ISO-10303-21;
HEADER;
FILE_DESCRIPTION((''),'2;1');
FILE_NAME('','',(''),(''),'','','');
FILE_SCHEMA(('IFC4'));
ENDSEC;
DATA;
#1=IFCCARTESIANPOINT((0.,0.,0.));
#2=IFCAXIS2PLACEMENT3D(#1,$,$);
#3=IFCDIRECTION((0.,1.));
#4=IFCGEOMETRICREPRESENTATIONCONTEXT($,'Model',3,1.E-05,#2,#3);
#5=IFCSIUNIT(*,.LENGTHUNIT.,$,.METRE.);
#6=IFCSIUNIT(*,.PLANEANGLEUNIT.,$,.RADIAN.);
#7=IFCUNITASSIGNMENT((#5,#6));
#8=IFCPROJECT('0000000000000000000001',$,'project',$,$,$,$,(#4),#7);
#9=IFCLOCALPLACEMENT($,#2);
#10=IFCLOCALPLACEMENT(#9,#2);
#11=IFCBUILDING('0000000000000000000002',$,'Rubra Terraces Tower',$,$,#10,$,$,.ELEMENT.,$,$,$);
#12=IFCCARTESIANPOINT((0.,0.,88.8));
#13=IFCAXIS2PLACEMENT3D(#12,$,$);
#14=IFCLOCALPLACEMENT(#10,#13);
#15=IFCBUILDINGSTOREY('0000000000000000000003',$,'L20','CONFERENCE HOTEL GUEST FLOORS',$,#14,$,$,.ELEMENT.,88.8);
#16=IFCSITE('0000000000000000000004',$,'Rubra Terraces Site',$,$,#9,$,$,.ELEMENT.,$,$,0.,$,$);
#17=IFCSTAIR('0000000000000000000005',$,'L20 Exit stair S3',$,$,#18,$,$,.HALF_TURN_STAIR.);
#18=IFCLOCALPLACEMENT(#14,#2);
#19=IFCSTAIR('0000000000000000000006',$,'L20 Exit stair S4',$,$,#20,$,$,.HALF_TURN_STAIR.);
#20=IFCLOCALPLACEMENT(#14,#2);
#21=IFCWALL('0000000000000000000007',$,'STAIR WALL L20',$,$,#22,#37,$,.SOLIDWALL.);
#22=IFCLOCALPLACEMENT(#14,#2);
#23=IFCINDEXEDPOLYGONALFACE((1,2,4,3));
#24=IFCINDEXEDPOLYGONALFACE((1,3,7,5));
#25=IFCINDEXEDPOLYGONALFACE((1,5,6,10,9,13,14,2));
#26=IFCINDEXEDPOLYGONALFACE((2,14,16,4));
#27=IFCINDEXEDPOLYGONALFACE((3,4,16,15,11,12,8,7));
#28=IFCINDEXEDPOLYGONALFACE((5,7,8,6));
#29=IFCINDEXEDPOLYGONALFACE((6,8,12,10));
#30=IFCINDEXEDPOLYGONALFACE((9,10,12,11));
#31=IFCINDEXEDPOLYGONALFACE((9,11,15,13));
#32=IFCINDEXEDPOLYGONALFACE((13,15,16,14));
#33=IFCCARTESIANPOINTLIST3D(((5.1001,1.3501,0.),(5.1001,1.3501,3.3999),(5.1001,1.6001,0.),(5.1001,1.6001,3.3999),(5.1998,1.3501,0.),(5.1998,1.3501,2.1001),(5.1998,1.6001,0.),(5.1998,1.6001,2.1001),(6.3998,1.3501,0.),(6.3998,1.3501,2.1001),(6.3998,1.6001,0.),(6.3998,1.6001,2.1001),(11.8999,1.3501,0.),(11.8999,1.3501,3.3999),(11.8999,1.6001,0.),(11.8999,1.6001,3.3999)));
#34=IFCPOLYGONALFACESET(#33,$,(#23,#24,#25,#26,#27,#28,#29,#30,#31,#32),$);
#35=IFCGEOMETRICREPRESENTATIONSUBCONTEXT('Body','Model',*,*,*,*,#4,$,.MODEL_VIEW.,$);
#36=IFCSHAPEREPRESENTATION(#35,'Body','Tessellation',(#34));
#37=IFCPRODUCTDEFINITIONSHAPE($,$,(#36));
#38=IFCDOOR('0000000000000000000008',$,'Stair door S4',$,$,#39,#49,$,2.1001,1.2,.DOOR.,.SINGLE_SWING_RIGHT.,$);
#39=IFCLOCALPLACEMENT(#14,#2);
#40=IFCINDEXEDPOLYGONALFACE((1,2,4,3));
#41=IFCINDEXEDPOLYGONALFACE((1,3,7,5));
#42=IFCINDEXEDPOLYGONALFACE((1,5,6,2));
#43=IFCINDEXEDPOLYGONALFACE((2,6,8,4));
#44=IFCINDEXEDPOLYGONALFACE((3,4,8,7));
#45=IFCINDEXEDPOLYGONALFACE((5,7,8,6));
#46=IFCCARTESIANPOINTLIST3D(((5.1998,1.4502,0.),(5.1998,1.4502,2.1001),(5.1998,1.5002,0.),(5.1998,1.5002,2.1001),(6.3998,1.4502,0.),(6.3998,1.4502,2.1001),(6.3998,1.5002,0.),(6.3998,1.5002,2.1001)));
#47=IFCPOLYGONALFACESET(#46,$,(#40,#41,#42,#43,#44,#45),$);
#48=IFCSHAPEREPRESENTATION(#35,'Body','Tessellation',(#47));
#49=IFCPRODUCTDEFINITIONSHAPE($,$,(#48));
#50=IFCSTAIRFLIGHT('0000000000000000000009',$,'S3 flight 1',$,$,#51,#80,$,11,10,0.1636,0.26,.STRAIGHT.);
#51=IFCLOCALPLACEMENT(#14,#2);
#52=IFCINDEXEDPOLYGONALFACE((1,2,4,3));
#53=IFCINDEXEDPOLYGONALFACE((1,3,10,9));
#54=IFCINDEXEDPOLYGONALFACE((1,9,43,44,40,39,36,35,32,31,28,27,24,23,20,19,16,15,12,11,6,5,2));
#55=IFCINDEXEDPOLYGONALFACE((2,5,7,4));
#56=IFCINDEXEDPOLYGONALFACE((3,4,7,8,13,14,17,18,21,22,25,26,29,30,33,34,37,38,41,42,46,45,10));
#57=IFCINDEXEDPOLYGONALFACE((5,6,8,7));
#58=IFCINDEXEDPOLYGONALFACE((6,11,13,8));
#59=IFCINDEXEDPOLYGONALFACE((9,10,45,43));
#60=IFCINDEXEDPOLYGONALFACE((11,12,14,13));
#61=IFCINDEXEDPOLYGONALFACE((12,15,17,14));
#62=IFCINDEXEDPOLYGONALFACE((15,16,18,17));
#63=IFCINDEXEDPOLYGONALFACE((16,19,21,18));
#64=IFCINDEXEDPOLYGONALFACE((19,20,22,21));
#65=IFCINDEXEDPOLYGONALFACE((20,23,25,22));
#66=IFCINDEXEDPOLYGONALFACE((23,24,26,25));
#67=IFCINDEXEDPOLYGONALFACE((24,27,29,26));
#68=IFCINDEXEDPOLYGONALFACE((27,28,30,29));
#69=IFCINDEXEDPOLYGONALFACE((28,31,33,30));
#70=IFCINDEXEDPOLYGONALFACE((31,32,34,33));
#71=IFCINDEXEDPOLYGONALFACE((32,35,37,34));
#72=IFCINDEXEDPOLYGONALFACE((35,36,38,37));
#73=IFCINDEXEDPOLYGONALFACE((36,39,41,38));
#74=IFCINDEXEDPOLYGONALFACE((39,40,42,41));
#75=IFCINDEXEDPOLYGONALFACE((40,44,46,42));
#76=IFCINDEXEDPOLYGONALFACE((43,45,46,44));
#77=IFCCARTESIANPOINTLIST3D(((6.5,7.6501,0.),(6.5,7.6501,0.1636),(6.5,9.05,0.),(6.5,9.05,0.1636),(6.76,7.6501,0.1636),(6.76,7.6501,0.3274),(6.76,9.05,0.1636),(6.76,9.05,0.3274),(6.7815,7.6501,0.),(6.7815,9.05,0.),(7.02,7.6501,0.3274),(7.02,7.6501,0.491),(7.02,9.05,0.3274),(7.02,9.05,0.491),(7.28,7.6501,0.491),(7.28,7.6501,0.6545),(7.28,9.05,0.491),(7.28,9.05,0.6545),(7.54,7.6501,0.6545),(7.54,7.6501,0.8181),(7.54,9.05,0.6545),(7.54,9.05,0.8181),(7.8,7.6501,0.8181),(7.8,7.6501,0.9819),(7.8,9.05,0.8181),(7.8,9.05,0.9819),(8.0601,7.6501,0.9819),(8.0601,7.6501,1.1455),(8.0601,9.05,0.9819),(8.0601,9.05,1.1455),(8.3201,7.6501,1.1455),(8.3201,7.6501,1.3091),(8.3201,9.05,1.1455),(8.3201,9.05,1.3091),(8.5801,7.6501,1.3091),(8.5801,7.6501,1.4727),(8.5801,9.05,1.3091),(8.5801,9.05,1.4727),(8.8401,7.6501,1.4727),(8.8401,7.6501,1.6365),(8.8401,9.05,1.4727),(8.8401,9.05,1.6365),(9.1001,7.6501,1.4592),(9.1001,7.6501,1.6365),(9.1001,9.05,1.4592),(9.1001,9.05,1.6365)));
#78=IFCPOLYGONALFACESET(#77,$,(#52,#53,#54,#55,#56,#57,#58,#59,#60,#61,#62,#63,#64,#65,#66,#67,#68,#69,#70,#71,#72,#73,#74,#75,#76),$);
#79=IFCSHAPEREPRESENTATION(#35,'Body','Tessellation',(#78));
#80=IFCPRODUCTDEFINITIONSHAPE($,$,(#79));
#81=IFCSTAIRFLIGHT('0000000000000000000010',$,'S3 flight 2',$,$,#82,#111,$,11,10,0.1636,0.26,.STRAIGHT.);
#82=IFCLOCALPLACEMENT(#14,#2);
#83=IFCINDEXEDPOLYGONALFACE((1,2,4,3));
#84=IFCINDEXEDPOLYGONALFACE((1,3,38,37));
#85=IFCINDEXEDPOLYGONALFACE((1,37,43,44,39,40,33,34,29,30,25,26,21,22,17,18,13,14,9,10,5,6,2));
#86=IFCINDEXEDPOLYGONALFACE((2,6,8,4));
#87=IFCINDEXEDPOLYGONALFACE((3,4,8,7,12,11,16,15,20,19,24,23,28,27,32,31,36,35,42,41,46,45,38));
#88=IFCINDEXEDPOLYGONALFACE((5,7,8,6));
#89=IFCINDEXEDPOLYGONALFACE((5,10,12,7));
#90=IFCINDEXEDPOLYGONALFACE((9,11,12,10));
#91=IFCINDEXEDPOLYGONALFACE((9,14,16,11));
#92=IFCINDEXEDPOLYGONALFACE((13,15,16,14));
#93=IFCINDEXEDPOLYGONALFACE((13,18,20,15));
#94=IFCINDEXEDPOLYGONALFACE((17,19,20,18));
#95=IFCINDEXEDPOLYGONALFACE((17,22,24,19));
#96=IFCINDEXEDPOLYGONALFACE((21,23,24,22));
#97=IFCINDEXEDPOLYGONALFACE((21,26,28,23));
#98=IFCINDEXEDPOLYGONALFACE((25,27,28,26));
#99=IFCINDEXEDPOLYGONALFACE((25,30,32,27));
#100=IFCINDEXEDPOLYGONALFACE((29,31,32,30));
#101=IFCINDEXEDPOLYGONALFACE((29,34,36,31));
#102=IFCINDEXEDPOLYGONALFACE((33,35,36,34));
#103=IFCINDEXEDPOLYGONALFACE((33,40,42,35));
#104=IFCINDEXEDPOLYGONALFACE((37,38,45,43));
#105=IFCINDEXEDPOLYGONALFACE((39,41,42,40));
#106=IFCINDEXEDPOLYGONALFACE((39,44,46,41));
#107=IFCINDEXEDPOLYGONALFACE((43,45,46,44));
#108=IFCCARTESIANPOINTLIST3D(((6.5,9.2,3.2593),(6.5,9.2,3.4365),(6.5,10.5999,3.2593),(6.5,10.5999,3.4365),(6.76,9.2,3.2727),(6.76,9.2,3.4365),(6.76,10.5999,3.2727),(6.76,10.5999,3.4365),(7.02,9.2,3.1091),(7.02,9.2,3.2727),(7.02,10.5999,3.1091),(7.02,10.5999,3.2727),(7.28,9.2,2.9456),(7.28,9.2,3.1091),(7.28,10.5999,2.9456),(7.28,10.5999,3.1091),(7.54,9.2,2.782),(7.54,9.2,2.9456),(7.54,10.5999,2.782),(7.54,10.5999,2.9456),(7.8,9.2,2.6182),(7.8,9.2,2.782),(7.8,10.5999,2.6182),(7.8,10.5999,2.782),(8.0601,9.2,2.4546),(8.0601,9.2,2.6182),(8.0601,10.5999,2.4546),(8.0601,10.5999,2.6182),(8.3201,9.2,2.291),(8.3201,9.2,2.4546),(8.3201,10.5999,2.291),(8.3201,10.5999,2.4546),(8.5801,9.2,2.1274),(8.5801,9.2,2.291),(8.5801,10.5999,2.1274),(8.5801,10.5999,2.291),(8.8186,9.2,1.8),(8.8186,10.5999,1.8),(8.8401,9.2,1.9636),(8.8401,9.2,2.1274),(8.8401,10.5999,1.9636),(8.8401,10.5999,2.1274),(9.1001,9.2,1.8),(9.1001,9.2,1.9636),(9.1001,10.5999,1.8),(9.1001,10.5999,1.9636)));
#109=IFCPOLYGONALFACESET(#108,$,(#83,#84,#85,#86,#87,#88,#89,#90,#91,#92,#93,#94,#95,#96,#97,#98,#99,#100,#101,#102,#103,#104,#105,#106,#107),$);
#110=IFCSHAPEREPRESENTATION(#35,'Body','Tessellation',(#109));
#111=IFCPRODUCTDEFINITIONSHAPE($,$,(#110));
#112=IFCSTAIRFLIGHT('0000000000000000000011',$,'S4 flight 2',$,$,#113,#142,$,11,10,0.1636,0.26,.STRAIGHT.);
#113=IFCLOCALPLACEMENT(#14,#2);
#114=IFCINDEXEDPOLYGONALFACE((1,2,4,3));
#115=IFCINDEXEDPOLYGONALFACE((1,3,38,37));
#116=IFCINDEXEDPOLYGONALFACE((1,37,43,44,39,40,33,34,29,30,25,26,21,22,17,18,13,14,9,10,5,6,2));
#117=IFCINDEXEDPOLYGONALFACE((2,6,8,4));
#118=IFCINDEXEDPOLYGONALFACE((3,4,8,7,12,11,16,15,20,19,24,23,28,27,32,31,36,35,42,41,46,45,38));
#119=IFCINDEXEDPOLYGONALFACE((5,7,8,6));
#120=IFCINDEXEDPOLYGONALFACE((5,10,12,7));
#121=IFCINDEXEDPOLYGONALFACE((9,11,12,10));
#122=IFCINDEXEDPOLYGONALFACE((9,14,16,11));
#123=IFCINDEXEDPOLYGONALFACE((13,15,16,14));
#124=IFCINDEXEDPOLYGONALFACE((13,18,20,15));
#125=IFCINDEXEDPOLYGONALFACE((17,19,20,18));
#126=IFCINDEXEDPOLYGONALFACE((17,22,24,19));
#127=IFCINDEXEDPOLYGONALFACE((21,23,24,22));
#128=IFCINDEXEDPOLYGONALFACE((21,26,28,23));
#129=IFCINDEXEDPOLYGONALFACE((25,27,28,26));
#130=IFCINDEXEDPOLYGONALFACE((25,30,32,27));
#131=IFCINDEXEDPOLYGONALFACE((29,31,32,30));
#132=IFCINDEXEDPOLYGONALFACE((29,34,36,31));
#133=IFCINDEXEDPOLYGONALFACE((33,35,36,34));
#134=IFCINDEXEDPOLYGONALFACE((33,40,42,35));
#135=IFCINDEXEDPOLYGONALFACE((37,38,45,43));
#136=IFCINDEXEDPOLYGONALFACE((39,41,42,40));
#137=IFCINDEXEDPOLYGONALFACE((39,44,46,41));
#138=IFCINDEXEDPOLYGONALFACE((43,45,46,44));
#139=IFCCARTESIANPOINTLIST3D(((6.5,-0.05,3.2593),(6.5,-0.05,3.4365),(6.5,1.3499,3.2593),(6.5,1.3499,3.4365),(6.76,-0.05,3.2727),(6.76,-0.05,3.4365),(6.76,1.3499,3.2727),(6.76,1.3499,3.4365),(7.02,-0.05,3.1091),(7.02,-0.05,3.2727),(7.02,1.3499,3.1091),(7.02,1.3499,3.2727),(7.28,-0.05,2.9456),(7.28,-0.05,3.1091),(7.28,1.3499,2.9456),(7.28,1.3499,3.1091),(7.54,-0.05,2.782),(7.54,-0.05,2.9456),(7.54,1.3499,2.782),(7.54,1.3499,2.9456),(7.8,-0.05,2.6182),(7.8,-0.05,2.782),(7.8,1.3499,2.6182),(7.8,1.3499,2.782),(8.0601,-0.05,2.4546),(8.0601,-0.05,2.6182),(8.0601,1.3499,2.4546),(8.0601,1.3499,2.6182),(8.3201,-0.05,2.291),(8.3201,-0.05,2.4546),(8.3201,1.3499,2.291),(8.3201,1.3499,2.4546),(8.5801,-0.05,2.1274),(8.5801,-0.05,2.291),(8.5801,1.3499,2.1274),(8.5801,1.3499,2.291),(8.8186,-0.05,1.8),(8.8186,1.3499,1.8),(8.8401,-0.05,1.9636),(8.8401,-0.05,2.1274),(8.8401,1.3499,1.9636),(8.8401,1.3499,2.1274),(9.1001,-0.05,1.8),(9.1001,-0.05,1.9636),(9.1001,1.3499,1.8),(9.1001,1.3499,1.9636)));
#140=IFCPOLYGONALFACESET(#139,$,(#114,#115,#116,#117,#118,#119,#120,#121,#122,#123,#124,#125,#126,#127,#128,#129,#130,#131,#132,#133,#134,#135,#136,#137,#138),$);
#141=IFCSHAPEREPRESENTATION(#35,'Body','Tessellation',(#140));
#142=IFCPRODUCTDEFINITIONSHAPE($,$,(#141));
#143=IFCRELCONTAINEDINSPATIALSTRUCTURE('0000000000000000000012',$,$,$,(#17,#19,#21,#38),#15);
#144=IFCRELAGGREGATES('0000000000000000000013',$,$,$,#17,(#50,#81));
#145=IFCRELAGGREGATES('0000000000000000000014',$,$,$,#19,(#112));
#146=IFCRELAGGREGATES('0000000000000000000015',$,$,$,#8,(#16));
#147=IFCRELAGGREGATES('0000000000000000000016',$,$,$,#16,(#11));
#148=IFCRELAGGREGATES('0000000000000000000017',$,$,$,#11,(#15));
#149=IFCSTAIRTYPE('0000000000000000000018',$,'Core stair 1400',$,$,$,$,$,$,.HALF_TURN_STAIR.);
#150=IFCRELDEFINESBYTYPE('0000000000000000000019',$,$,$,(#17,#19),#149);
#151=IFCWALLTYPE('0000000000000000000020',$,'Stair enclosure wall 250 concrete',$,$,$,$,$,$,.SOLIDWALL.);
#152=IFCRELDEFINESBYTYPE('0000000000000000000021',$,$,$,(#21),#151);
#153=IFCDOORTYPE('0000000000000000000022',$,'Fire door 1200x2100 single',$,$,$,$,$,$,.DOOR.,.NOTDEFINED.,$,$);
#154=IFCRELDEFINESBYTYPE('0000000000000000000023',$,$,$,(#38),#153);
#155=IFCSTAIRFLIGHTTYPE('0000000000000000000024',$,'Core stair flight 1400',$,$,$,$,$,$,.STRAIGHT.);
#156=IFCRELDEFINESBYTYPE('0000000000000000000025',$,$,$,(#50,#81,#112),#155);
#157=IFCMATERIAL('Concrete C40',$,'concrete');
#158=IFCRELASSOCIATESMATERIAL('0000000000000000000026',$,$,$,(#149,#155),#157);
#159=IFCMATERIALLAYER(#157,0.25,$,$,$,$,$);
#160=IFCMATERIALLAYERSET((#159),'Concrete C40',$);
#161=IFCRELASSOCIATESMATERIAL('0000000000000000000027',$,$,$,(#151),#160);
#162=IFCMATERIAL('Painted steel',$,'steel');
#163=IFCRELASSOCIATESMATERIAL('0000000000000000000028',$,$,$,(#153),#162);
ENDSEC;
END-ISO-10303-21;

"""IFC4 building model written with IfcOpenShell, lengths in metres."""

from ifc_helpers import new_model, si_unit, direction, frame, frame_2d, origin, place, context, subcontext, project, spatial, polyline, rectangle, outline, extrude, material, layer, layer_set, type_object, element, fill, aggregate, save


model = new_model("IFC4")

# Units and contexts
model_context = context("Model", 3, precision=1e-05, world=origin(), true_north=direction((0.0, 1.0)))
body_context = subcontext(model_context, "Body", "Model", "MODEL_VIEW")
ifc_project = project(units=[si_unit("LENGTHUNIT", "METRE"), si_unit("PLANEANGLEUNIT", "RADIAN")], contexts=[model_context])

# Site, building, storey
site_placement = place(None, origin())
site = spatial("IfcSite", under=ifc_project, at=site_placement, Name="Rubra Terraces Site", CompositionType="ELEMENT", RefElevation=0.0)
building_placement = place(site_placement, origin())
building = spatial("IfcBuilding", under=site, at=building_placement, Name="Rubra Terraces Tower", CompositionType="ELEMENT")
storey_placement = place(building_placement, frame((0.0, 0.0, 88.8)))
storey = spatial("IfcBuildingStorey", under=building, at=storey_placement, Name="L20", Description="CONFERENCE HOTEL GUEST FLOORS", CompositionType="ELEMENT", Elevation=88.8)

# Stairs
ifc_material_1 = material(Name="Concrete C40", Category="concrete")
stair_type = type_object("IfcStairType", Name="Core stair 1400", PredefinedType="HALF_TURN_STAIR", material=ifc_material_1)
stair_1_placement = place(storey_placement, origin())
stair_1 = element("IfcStair", 1, at=stair_1_placement, inside=storey, type_object=stair_type, Name="L20 Exit stair S3", PredefinedType="HALF_TURN_STAIR")
stair_2_placement = place(storey_placement, origin())
stair_2 = element("IfcStair", 2, at=stair_2_placement, inside=storey, type_object=stair_type, Name="L20 Exit stair S4", PredefinedType="HALF_TURN_STAIR")

# Wall, opening, door
ifc_layer_1 = layer(ifc_material_1, 0.25)
ifc_layer_set_1 = layer_set([ifc_layer_1], Name="Concrete C40")
wall_type_1 = type_object("IfcWallType", Name="Stair enclosure wall 250 concrete", PredefinedType="SOLIDWALL", material=ifc_layer_set_1)
wall_1_placement = place(storey_placement, frame((11.8999, 1.4751, 0.0), z_axis=(0.0, 0.0, 1.0), x_axis=(-1.0, 0.0, 0.0)))
wall_1 = element("IfcWall", 3, at=wall_1_placement, inside=storey, type_object=wall_type_1, Name="STAIR WALL L20", PredefinedType="SOLIDWALL", context=body_context, shape_type="SweptSolid", body=[
    extrude(rectangle(XDim=6.7998, YDim=0.25, at=frame_2d((3.3999, 0.0))), origin(), (0.0, 0.0, 1.0), 3.3999),
])
opening_placement = place(wall_1_placement, frame((5.5, 0.0, 0.0)))
opening = element("IfcOpeningElement", 4, at=opening_placement, cuts=wall_1, PredefinedType="OPENING", context=body_context, shape_type="SweptSolid", body=[
    extrude(rectangle(XDim=1.2, YDim=2.1001, at=frame_2d((0.6001, 1.05))), frame((0.0, 0.135, 0.0), z_axis=(0.0, -1.0, 0.0), x_axis=(1.0, 0.0, 0.0)), (0.0, 0.0, 1.0), 0.27),
])
ifc_material_2 = material(Name="Painted steel", Category="steel")
door_type = type_object("IfcDoorType", Name="Fire door 1200x2100 single", OperationType="NOTDEFINED", PredefinedType="DOOR", material=ifc_material_2)
door_placement = place(opening_placement, origin())
door = element("IfcDoor", 5, at=door_placement, inside=storey, type_object=door_type, Name="Stair door S4", OperationType="SINGLE_SWING_RIGHT", OverallHeight=2.1001, OverallWidth=1.2, PredefinedType="DOOR", context=body_context, shape_type="SweptSolid", body=[
    extrude(rectangle(XDim=1.2, YDim=2.1001, at=frame_2d((0.6001, 1.05))), frame((0.0, 0.0249, 0.0), z_axis=(0.0, -1.0, 0.0), x_axis=(1.0, 0.0, 0.0)), (0.0, 0.0, 1.0), 0.05),
])
fill(opening, door)

# Stair flights
stair_flight_type = type_object("IfcStairFlightType", Name="Core stair flight 1400", PredefinedType="STRAIGHT", material=ifc_material_1)
stair_flight_1_placement = place(storey_placement, frame((6.5, 8.3501, 0.0), z_axis=(0.0, 0.0, 1.0), x_axis=(1.0, 0.0, 0.0)))
stair_flight_1 = element("IfcStairFlight", 6, at=stair_flight_1_placement, type_object=stair_flight_type, Name="S3 flight 1", NumberOfRisers=11, NumberOfTreads=10, PredefinedType="STRAIGHT", RiserHeight=0.1636, TreadLength=0.26, context=body_context, shape_type="SweptSolid", body=[
    extrude(outline(polyline([(0.0, 0.0), (0.0, 0.1636), (0.26, 0.1636), (0.26, 0.3274), (0.52, 0.3274), (0.52, 0.491), (0.78, 0.491), (0.78, 0.6545), (1.04, 0.6545), (1.04, 0.8181), (1.3, 0.8181), (1.3, 0.9819), (1.5601, 0.9819), (1.5601, 1.1455), (1.8201, 1.1455), (1.8201, 1.3091), (2.0801, 1.3091), (2.0801, 1.4727), (2.3401, 1.4727), (2.3401, 1.6365), (2.6001, 1.6365), (2.6001, 1.8), (2.6001, 1.4592), (0.2815, 0.0), (0.0, 0.0)])), frame((0.0, 0.7, 0.0), z_axis=(0.0, -1.0, 0.0), x_axis=(1.0, 0.0, 0.0)), (0.0, 0.0, 1.0), 1.3999),
])
stair_flight_2_placement = place(storey_placement, frame((9.1001, 9.8999, 1.8), z_axis=(0.0, 0.0, 1.0), x_axis=(-1.0, 0.0, 0.0)))
stair_flight_2 = element("IfcStairFlight", 7, at=stair_flight_2_placement, type_object=stair_flight_type, Name="S3 flight 2", NumberOfRisers=11, NumberOfTreads=10, PredefinedType="STRAIGHT", RiserHeight=0.1636, TreadLength=0.26, context=body_context, shape_type="SweptSolid", body=[
    extrude(outline(polyline([(0.0, 0.0), (0.0, 0.1636), (0.26, 0.1636), (0.26, 0.3274), (0.52, 0.3274), (0.52, 0.491), (0.78, 0.491), (0.78, 0.6545), (1.04, 0.6545), (1.04, 0.8181), (1.3, 0.8181), (1.3, 0.9819), (1.5601, 0.9819), (1.5601, 1.1455), (1.8201, 1.1455), (1.8201, 1.3091), (2.0801, 1.3091), (2.0801, 1.4727), (2.3401, 1.4727), (2.3401, 1.6365), (2.6001, 1.6365), (2.6001, 1.8), (2.6001, 1.4592), (0.2815, 0.0), (0.0, 0.0)])), frame((0.0, 0.7, 0.0), z_axis=(0.0, -1.0, 0.0), x_axis=(1.0, 0.0, 0.0)), (0.0, 0.0, 1.0), 1.3999),
])
aggregate(stair_1, [stair_flight_1, stair_flight_2])
stair_flight_3_placement = place(storey_placement, frame((9.1001, 0.6499, 1.8), z_axis=(0.0, 0.0, 1.0), x_axis=(-1.0, 0.0, 0.0)))
stair_flight_3 = element("IfcStairFlight", 8, at=stair_flight_3_placement, type_object=stair_flight_type, Name="S4 flight 2", NumberOfRisers=11, NumberOfTreads=10, PredefinedType="STRAIGHT", RiserHeight=0.1636, TreadLength=0.26, context=body_context, shape_type="SweptSolid", body=[
    extrude(outline(polyline([(0.0, 0.0), (0.0, 0.1636), (0.26, 0.1636), (0.26, 0.3274), (0.52, 0.3274), (0.52, 0.491), (0.78, 0.491), (0.78, 0.6545), (1.04, 0.6545), (1.04, 0.8181), (1.3, 0.8181), (1.3, 0.9819), (1.5601, 0.9819), (1.5601, 1.1455), (1.8201, 1.1455), (1.8201, 1.3091), (2.0801, 1.3091), (2.0801, 1.4727), (2.3401, 1.4727), (2.3401, 1.6365), (2.6001, 1.6365), (2.6001, 1.8), (2.6001, 1.4592), (0.2815, 0.0), (0.0, 0.0)])), frame((0.0, 0.7, 0.0), z_axis=(0.0, -1.0, 0.0), x_axis=(1.0, 0.0, 0.0)), (0.0, 0.0, 1.0), 1.3999),
])
aggregate(stair_2, [stair_flight_3])

save(model, "model.ifc")
